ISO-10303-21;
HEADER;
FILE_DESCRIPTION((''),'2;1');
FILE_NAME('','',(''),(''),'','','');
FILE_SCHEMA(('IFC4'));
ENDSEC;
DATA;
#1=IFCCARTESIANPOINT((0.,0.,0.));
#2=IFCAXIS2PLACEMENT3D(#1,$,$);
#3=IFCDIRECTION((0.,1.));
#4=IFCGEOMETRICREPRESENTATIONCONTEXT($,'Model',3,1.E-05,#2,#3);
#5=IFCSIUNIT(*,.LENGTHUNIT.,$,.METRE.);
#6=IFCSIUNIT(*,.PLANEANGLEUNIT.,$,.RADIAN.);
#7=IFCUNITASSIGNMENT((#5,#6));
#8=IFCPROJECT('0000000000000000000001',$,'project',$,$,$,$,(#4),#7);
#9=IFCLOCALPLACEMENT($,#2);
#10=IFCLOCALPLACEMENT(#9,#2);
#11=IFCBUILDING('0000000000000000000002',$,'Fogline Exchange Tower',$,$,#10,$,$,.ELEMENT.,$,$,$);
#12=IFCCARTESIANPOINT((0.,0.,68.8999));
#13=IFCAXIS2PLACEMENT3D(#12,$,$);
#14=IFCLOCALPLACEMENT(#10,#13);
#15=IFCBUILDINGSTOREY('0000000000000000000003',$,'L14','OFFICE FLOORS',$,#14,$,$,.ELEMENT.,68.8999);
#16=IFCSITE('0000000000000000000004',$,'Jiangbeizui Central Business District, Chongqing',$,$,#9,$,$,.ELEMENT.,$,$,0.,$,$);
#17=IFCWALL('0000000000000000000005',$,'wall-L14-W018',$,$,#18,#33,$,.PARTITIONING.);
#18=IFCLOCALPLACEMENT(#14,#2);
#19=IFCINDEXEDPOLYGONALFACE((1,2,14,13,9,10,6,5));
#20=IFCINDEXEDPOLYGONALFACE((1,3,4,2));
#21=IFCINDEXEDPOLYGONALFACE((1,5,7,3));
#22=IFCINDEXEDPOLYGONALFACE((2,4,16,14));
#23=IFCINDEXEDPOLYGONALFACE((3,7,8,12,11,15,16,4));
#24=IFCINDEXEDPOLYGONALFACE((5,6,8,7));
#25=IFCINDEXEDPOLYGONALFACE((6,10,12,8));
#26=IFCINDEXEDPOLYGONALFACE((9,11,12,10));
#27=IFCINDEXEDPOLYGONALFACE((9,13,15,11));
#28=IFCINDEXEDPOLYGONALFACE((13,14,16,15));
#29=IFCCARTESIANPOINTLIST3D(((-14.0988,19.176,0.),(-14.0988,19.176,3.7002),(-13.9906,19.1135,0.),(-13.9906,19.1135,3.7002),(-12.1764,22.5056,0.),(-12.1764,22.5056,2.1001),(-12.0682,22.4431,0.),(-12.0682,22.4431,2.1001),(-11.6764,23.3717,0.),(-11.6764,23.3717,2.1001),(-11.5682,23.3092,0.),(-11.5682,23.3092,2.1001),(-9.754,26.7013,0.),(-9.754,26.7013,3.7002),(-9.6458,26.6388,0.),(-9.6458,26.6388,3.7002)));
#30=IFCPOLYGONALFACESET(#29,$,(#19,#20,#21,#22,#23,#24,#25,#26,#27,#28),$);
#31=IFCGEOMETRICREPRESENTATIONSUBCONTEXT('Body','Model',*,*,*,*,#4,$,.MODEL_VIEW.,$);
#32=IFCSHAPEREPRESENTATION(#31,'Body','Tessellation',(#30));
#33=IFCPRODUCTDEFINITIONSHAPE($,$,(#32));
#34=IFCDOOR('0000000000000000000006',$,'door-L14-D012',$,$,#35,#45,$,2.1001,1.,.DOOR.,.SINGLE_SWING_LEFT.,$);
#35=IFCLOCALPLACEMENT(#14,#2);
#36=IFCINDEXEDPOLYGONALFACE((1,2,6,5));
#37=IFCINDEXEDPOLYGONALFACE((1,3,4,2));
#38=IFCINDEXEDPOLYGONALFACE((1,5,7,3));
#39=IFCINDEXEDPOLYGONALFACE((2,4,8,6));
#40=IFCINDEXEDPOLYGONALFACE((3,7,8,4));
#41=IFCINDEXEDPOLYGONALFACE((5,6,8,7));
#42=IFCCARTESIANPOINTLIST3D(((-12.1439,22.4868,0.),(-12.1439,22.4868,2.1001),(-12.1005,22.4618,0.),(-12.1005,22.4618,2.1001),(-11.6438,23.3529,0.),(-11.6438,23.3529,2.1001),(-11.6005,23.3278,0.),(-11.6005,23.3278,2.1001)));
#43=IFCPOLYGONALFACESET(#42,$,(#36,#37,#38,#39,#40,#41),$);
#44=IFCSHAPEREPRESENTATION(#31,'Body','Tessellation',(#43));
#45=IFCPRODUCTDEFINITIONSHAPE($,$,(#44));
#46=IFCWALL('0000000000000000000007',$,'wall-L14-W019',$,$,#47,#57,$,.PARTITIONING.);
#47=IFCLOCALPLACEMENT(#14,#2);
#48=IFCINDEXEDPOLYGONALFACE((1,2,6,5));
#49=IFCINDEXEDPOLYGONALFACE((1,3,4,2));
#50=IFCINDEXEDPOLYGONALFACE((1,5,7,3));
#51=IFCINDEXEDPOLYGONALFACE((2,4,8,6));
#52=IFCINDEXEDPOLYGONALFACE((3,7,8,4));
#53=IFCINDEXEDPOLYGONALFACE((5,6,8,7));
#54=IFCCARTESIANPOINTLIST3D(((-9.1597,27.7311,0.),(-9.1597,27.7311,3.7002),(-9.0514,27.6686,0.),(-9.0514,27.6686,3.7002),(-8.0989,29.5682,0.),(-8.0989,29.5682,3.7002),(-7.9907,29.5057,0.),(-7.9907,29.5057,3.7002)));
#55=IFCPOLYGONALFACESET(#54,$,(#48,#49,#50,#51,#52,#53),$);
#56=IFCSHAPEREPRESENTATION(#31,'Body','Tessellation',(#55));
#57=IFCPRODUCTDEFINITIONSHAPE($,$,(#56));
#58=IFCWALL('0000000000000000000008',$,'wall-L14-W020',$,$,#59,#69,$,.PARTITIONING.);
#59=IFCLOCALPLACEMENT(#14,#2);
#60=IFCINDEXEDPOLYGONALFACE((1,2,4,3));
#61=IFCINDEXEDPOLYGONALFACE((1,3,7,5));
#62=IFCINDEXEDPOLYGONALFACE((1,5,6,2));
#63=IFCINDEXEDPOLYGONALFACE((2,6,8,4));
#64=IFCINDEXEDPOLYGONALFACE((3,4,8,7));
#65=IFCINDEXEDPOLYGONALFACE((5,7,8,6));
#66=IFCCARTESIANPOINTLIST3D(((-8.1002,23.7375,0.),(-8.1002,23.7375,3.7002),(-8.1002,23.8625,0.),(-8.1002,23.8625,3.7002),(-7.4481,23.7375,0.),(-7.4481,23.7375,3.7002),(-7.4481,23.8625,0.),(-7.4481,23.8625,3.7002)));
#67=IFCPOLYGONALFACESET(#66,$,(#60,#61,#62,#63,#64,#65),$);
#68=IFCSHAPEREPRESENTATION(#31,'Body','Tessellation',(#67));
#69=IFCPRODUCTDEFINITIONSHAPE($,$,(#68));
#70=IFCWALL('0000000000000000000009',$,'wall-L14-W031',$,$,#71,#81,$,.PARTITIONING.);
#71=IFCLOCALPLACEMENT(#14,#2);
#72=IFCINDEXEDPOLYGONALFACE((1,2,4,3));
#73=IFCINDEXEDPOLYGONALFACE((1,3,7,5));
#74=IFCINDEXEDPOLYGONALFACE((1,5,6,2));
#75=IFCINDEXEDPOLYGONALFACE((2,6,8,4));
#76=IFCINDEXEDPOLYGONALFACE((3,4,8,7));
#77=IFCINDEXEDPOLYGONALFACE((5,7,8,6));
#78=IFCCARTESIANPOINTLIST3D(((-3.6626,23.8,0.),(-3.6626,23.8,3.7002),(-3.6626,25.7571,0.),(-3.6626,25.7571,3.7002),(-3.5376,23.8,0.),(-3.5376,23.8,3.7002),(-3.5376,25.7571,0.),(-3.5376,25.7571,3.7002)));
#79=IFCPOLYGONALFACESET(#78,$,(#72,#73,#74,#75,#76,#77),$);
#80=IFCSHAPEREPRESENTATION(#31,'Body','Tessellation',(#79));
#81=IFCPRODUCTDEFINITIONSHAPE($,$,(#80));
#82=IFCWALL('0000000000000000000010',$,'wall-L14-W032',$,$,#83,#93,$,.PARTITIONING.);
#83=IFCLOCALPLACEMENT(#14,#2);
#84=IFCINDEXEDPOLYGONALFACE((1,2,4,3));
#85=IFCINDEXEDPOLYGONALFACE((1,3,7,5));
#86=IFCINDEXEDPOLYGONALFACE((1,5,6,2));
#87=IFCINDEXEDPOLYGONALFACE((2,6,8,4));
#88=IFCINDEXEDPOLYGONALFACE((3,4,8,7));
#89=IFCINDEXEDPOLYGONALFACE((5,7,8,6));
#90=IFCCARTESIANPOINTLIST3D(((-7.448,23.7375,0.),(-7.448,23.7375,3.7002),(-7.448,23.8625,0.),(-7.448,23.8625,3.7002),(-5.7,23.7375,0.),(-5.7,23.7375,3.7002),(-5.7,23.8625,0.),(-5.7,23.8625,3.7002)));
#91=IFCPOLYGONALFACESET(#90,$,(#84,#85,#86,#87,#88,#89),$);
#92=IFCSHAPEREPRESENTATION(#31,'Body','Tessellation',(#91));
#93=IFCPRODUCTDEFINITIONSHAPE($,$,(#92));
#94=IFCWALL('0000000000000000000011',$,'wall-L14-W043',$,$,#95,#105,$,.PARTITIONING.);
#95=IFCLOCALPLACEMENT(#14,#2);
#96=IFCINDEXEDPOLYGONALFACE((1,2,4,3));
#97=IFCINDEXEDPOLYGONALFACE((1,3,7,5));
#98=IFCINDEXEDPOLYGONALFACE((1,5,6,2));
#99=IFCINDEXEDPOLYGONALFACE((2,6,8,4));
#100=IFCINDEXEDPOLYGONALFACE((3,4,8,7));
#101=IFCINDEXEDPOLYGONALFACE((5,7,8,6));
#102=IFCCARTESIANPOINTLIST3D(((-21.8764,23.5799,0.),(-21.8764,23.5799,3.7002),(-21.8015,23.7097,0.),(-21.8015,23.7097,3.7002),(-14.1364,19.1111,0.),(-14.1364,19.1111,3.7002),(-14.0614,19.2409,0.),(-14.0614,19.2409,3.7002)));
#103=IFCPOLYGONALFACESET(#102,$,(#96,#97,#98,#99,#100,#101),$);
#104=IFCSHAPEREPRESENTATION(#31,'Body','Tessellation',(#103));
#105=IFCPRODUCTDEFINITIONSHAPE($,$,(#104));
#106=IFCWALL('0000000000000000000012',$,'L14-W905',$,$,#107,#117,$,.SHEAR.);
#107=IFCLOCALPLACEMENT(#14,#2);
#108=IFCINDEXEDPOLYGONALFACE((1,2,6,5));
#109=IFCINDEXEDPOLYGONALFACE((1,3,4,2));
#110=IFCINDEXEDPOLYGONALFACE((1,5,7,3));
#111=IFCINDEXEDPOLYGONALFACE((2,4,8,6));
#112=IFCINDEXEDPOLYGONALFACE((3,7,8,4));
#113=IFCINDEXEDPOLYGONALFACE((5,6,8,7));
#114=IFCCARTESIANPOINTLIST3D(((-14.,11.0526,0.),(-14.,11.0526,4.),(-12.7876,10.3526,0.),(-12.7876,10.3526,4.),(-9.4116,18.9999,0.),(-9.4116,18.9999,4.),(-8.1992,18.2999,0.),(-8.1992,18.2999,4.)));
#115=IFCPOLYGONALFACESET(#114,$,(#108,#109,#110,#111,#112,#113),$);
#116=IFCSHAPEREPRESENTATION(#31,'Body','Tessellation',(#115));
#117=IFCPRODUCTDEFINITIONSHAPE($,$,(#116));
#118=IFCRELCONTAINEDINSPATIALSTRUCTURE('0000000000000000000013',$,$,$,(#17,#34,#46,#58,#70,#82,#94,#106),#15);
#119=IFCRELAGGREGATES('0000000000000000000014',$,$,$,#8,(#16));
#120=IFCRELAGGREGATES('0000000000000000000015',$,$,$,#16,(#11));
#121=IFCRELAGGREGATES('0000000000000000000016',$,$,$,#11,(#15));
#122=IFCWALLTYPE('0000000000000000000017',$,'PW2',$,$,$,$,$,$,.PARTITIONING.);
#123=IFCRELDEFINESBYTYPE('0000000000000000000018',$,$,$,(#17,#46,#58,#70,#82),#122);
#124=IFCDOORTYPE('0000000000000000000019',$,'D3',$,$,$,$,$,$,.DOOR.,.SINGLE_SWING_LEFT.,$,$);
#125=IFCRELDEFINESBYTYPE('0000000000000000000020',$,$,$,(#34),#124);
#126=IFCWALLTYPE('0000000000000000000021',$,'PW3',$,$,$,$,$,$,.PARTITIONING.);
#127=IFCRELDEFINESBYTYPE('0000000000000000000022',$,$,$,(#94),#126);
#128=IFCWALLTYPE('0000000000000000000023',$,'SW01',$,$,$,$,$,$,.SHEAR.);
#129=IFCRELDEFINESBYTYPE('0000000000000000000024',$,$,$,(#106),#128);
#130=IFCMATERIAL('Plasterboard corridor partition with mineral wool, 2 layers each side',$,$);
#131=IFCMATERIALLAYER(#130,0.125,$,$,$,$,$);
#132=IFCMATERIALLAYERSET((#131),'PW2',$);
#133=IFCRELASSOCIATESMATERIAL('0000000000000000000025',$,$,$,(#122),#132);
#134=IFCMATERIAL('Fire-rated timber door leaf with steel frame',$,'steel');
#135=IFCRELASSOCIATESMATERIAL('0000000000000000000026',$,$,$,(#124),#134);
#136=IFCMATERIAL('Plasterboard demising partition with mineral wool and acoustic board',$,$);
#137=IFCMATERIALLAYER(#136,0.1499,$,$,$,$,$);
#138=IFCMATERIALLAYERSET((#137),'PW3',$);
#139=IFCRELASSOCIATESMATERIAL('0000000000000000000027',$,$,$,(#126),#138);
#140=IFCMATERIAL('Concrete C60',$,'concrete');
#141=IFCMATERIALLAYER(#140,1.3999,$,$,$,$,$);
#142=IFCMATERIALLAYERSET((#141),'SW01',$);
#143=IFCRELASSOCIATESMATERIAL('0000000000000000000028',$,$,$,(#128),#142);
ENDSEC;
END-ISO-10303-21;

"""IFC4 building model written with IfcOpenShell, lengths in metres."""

from ifc_helpers import new_model, si_unit, direction, frame, frame_2d, origin, place, context, subcontext, project, spatial, rectangle, extrude, material, layer, layer_set, type_object, element, fill, save


model = new_model("IFC4")

# Units and contexts
model_context = context("Model", 3, precision=1e-05, world=origin(), true_north=direction((0.0, 1.0)))
body_context = subcontext(model_context, "Body", "Model", "MODEL_VIEW")
ifc_project = project(units=[si_unit("LENGTHUNIT", "METRE"), si_unit("PLANEANGLEUNIT", "RADIAN")], contexts=[model_context])

# Site, building, storey
site_placement = place(None, origin())
site = spatial("IfcSite", under=ifc_project, at=site_placement, Name="Jiangbeizui Central Business District, Chongqing", CompositionType="ELEMENT", RefElevation=0.0)
building_placement = place(site_placement, origin())
building = spatial("IfcBuilding", under=site, at=building_placement, Name="Fogline Exchange Tower", CompositionType="ELEMENT")
storey_placement = place(building_placement, frame((0.0, 0.0, 68.8999)))
storey = spatial("IfcBuildingStorey", under=building, at=storey_placement, Name="L14", Description="OFFICE FLOORS", CompositionType="ELEMENT", Elevation=68.8999)

# Shared definitions
ifc_material_1 = material(Name="Plasterboard corridor partition with mineral wool, 2 layers each side")
ifc_layer_1 = layer(ifc_material_1, 0.125)
ifc_layer_set_1 = layer_set([ifc_layer_1], Name="PW2")
wall_type_1 = type_object("IfcWallType", Name="PW2", PredefinedType="PARTITIONING", material=ifc_layer_set_1)

# Shared definitions
ifc_material_2 = material(Name="Fire-rated timber door leaf with steel frame", Category="steel")
door_type_1 = type_object("IfcDoorType", Name="D3", OperationType="SINGLE_SWING_LEFT", PredefinedType="DOOR", material=ifc_material_2)

# Wall, opening, door
wall_1_placement = place(storey_placement, frame((-14.0447, 19.1448, 0.0), z_axis=(0.0, 0.0, 1.0), x_axis=(0.500007, 0.866021, 0.0)))
wall_1 = element("IfcWall", 1, at=wall_1_placement, inside=storey, type_object=wall_type_1, Name="wall-L14-W018", PredefinedType="PARTITIONING", context=body_context, shape_type="SweptSolid", body=[
    extrude(rectangle(XDim=8.6895, YDim=0.125, at=frame_2d((4.3447, 0.0))), origin(), (0.0, 0.0, 1.0), 3.7002),
])
opening_1_placement = place(wall_1_placement, frame((3.8447, 0.0, 0.0)))
opening_1 = element("IfcOpeningElement", 2, at=opening_1_placement, cuts=wall_1, PredefinedType="OPENING", context=body_context, shape_type="SweptSolid", body=[
    extrude(rectangle(XDim=1.0, YDim=2.1001, at=frame_2d((0.5, 1.05))), frame((0.0, 0.0725, 0.0), z_axis=(0.0, -1.0, 0.0), x_axis=(1.0, 0.0, 0.0)), (0.0, 0.0, 1.0), 0.145),
])
door_1_placement = place(opening_1_placement, origin())
door_1 = element("IfcDoor", 3, at=door_1_placement, inside=storey, type_object=door_type_1, Name="door-L14-D012", OperationType="SINGLE_SWING_LEFT", OverallHeight=2.1001, OverallWidth=1.0, PredefinedType="DOOR", context=body_context, shape_type="SweptSolid", body=[
    extrude(rectangle(XDim=1.0, YDim=2.1001, at=frame_2d((0.5, 1.05))), frame((0.0, 0.0249, 0.0), z_axis=(0.0, -1.0, 0.0), x_axis=(1.0, 0.0, 0.0)), (0.0, 0.0, 1.0), 0.05),
])
fill(opening_1, door_1)

# Walls
wall_2_placement = place(storey_placement, frame((-9.1055, 27.7, 0.0), z_axis=(0.0, 0.0, 1.0), x_axis=(0.500038, 0.866004, 0.0)))
element("IfcWall", 4, at=wall_2_placement, inside=storey, type_object=wall_type_1, Name="wall-L14-W019", PredefinedType="PARTITIONING", context=body_context, shape_type="SweptSolid", body=[
    extrude(rectangle(XDim=2.1213, YDim=0.125, at=frame_2d((1.0605, 0.0))), origin(), (0.0, 0.0, 1.0), 3.7002),
])
wall_3_placement = place(storey_placement, frame((-7.448, 23.8, 0.0), z_axis=(0.0, 0.0, 1.0), x_axis=(-1.0, 0.0, 0.0)))
element("IfcWall", 5, at=wall_3_placement, inside=storey, type_object=wall_type_1, Name="wall-L14-W020", PredefinedType="PARTITIONING", context=body_context, shape_type="SweptSolid", body=[
    extrude(rectangle(XDim=0.6521, YDim=0.125, at=frame_2d((0.3262, 0.0))), origin(), (0.0, 0.0, 1.0), 3.7002),
])
wall_4_placement = place(storey_placement, frame((-3.6001, 25.7571, 0.0), z_axis=(0.0, 0.0, 1.0), x_axis=(0.0, -1.0, 0.0)))
element("IfcWall", 6, at=wall_4_placement, inside=storey, type_object=wall_type_1, Name="wall-L14-W031", PredefinedType="PARTITIONING", context=body_context, shape_type="SweptSolid", body=[
    extrude(rectangle(XDim=1.957, YDim=0.125, at=frame_2d((0.9785, 0.0))), origin(), (0.0, 0.0, 1.0), 3.7002),
])
wall_5_placement = place(storey_placement, frame((-5.7, 23.8, 0.0), z_axis=(0.0, 0.0, 1.0), x_axis=(-1.0, 0.0, 0.0)))
element("IfcWall", 7, at=wall_5_placement, inside=storey, type_object=wall_type_1, Name="wall-L14-W032", PredefinedType="PARTITIONING", context=body_context, shape_type="SweptSolid", body=[
    extrude(rectangle(XDim=1.748, YDim=0.125, at=frame_2d((0.874, 0.0))), origin(), (0.0, 0.0, 1.0), 3.7002),
])
ifc_material_3 = material(Name="Plasterboard demising partition with mineral wool and acoustic board")
ifc_layer_2 = layer(ifc_material_3, 0.1499)
ifc_layer_set_2 = layer_set([ifc_layer_2], Name="PW3")
wall_type_2 = type_object("IfcWallType", Name="PW3", PredefinedType="PARTITIONING", material=ifc_layer_set_2)
wall_6_placement = place(storey_placement, frame((-14.0989, 19.176, 0.0), z_axis=(0.0, 0.0, 1.0), x_axis=(-0.866022, 0.500005, 0.0)))
element("IfcWall", 8, at=wall_6_placement, inside=storey, type_object=wall_type_2, Name="wall-L14-W043", PredefinedType="PARTITIONING", context=body_context, shape_type="SweptSolid", body=[
    extrude(rectangle(XDim=8.9375, YDim=0.1499, at=frame_2d((4.4688, 0.0))), origin(), (0.0, 0.0, 1.0), 3.7002),
])
ifc_material_4 = material(Name="Concrete C60", Category="concrete")
ifc_layer_3 = layer(ifc_material_4, 1.3999)
ifc_layer_set_3 = layer_set([ifc_layer_3], Name="SW01")
wall_type_3 = type_object("IfcWallType", Name="SW01", PredefinedType="SHEAR", material=ifc_layer_set_3)
wall_7_placement = place(storey_placement, frame((-8.8054, 18.6499, 0.0), z_axis=(0.0, 0.0, 1.0), x_axis=(-0.500002, -0.866024, 0.0)))
element("IfcWall", 9, at=wall_7_placement, inside=storey, type_object=wall_type_3, Name="L14-W905", PredefinedType="SHEAR", context=body_context, shape_type="SweptSolid", body=[
    extrude(rectangle(XDim=9.1768, YDim=1.3999, at=frame_2d((4.5884, 0.0))), origin(), (0.0, 0.0, 1.0), 4.0),
])

save(model, "model.ifc")
